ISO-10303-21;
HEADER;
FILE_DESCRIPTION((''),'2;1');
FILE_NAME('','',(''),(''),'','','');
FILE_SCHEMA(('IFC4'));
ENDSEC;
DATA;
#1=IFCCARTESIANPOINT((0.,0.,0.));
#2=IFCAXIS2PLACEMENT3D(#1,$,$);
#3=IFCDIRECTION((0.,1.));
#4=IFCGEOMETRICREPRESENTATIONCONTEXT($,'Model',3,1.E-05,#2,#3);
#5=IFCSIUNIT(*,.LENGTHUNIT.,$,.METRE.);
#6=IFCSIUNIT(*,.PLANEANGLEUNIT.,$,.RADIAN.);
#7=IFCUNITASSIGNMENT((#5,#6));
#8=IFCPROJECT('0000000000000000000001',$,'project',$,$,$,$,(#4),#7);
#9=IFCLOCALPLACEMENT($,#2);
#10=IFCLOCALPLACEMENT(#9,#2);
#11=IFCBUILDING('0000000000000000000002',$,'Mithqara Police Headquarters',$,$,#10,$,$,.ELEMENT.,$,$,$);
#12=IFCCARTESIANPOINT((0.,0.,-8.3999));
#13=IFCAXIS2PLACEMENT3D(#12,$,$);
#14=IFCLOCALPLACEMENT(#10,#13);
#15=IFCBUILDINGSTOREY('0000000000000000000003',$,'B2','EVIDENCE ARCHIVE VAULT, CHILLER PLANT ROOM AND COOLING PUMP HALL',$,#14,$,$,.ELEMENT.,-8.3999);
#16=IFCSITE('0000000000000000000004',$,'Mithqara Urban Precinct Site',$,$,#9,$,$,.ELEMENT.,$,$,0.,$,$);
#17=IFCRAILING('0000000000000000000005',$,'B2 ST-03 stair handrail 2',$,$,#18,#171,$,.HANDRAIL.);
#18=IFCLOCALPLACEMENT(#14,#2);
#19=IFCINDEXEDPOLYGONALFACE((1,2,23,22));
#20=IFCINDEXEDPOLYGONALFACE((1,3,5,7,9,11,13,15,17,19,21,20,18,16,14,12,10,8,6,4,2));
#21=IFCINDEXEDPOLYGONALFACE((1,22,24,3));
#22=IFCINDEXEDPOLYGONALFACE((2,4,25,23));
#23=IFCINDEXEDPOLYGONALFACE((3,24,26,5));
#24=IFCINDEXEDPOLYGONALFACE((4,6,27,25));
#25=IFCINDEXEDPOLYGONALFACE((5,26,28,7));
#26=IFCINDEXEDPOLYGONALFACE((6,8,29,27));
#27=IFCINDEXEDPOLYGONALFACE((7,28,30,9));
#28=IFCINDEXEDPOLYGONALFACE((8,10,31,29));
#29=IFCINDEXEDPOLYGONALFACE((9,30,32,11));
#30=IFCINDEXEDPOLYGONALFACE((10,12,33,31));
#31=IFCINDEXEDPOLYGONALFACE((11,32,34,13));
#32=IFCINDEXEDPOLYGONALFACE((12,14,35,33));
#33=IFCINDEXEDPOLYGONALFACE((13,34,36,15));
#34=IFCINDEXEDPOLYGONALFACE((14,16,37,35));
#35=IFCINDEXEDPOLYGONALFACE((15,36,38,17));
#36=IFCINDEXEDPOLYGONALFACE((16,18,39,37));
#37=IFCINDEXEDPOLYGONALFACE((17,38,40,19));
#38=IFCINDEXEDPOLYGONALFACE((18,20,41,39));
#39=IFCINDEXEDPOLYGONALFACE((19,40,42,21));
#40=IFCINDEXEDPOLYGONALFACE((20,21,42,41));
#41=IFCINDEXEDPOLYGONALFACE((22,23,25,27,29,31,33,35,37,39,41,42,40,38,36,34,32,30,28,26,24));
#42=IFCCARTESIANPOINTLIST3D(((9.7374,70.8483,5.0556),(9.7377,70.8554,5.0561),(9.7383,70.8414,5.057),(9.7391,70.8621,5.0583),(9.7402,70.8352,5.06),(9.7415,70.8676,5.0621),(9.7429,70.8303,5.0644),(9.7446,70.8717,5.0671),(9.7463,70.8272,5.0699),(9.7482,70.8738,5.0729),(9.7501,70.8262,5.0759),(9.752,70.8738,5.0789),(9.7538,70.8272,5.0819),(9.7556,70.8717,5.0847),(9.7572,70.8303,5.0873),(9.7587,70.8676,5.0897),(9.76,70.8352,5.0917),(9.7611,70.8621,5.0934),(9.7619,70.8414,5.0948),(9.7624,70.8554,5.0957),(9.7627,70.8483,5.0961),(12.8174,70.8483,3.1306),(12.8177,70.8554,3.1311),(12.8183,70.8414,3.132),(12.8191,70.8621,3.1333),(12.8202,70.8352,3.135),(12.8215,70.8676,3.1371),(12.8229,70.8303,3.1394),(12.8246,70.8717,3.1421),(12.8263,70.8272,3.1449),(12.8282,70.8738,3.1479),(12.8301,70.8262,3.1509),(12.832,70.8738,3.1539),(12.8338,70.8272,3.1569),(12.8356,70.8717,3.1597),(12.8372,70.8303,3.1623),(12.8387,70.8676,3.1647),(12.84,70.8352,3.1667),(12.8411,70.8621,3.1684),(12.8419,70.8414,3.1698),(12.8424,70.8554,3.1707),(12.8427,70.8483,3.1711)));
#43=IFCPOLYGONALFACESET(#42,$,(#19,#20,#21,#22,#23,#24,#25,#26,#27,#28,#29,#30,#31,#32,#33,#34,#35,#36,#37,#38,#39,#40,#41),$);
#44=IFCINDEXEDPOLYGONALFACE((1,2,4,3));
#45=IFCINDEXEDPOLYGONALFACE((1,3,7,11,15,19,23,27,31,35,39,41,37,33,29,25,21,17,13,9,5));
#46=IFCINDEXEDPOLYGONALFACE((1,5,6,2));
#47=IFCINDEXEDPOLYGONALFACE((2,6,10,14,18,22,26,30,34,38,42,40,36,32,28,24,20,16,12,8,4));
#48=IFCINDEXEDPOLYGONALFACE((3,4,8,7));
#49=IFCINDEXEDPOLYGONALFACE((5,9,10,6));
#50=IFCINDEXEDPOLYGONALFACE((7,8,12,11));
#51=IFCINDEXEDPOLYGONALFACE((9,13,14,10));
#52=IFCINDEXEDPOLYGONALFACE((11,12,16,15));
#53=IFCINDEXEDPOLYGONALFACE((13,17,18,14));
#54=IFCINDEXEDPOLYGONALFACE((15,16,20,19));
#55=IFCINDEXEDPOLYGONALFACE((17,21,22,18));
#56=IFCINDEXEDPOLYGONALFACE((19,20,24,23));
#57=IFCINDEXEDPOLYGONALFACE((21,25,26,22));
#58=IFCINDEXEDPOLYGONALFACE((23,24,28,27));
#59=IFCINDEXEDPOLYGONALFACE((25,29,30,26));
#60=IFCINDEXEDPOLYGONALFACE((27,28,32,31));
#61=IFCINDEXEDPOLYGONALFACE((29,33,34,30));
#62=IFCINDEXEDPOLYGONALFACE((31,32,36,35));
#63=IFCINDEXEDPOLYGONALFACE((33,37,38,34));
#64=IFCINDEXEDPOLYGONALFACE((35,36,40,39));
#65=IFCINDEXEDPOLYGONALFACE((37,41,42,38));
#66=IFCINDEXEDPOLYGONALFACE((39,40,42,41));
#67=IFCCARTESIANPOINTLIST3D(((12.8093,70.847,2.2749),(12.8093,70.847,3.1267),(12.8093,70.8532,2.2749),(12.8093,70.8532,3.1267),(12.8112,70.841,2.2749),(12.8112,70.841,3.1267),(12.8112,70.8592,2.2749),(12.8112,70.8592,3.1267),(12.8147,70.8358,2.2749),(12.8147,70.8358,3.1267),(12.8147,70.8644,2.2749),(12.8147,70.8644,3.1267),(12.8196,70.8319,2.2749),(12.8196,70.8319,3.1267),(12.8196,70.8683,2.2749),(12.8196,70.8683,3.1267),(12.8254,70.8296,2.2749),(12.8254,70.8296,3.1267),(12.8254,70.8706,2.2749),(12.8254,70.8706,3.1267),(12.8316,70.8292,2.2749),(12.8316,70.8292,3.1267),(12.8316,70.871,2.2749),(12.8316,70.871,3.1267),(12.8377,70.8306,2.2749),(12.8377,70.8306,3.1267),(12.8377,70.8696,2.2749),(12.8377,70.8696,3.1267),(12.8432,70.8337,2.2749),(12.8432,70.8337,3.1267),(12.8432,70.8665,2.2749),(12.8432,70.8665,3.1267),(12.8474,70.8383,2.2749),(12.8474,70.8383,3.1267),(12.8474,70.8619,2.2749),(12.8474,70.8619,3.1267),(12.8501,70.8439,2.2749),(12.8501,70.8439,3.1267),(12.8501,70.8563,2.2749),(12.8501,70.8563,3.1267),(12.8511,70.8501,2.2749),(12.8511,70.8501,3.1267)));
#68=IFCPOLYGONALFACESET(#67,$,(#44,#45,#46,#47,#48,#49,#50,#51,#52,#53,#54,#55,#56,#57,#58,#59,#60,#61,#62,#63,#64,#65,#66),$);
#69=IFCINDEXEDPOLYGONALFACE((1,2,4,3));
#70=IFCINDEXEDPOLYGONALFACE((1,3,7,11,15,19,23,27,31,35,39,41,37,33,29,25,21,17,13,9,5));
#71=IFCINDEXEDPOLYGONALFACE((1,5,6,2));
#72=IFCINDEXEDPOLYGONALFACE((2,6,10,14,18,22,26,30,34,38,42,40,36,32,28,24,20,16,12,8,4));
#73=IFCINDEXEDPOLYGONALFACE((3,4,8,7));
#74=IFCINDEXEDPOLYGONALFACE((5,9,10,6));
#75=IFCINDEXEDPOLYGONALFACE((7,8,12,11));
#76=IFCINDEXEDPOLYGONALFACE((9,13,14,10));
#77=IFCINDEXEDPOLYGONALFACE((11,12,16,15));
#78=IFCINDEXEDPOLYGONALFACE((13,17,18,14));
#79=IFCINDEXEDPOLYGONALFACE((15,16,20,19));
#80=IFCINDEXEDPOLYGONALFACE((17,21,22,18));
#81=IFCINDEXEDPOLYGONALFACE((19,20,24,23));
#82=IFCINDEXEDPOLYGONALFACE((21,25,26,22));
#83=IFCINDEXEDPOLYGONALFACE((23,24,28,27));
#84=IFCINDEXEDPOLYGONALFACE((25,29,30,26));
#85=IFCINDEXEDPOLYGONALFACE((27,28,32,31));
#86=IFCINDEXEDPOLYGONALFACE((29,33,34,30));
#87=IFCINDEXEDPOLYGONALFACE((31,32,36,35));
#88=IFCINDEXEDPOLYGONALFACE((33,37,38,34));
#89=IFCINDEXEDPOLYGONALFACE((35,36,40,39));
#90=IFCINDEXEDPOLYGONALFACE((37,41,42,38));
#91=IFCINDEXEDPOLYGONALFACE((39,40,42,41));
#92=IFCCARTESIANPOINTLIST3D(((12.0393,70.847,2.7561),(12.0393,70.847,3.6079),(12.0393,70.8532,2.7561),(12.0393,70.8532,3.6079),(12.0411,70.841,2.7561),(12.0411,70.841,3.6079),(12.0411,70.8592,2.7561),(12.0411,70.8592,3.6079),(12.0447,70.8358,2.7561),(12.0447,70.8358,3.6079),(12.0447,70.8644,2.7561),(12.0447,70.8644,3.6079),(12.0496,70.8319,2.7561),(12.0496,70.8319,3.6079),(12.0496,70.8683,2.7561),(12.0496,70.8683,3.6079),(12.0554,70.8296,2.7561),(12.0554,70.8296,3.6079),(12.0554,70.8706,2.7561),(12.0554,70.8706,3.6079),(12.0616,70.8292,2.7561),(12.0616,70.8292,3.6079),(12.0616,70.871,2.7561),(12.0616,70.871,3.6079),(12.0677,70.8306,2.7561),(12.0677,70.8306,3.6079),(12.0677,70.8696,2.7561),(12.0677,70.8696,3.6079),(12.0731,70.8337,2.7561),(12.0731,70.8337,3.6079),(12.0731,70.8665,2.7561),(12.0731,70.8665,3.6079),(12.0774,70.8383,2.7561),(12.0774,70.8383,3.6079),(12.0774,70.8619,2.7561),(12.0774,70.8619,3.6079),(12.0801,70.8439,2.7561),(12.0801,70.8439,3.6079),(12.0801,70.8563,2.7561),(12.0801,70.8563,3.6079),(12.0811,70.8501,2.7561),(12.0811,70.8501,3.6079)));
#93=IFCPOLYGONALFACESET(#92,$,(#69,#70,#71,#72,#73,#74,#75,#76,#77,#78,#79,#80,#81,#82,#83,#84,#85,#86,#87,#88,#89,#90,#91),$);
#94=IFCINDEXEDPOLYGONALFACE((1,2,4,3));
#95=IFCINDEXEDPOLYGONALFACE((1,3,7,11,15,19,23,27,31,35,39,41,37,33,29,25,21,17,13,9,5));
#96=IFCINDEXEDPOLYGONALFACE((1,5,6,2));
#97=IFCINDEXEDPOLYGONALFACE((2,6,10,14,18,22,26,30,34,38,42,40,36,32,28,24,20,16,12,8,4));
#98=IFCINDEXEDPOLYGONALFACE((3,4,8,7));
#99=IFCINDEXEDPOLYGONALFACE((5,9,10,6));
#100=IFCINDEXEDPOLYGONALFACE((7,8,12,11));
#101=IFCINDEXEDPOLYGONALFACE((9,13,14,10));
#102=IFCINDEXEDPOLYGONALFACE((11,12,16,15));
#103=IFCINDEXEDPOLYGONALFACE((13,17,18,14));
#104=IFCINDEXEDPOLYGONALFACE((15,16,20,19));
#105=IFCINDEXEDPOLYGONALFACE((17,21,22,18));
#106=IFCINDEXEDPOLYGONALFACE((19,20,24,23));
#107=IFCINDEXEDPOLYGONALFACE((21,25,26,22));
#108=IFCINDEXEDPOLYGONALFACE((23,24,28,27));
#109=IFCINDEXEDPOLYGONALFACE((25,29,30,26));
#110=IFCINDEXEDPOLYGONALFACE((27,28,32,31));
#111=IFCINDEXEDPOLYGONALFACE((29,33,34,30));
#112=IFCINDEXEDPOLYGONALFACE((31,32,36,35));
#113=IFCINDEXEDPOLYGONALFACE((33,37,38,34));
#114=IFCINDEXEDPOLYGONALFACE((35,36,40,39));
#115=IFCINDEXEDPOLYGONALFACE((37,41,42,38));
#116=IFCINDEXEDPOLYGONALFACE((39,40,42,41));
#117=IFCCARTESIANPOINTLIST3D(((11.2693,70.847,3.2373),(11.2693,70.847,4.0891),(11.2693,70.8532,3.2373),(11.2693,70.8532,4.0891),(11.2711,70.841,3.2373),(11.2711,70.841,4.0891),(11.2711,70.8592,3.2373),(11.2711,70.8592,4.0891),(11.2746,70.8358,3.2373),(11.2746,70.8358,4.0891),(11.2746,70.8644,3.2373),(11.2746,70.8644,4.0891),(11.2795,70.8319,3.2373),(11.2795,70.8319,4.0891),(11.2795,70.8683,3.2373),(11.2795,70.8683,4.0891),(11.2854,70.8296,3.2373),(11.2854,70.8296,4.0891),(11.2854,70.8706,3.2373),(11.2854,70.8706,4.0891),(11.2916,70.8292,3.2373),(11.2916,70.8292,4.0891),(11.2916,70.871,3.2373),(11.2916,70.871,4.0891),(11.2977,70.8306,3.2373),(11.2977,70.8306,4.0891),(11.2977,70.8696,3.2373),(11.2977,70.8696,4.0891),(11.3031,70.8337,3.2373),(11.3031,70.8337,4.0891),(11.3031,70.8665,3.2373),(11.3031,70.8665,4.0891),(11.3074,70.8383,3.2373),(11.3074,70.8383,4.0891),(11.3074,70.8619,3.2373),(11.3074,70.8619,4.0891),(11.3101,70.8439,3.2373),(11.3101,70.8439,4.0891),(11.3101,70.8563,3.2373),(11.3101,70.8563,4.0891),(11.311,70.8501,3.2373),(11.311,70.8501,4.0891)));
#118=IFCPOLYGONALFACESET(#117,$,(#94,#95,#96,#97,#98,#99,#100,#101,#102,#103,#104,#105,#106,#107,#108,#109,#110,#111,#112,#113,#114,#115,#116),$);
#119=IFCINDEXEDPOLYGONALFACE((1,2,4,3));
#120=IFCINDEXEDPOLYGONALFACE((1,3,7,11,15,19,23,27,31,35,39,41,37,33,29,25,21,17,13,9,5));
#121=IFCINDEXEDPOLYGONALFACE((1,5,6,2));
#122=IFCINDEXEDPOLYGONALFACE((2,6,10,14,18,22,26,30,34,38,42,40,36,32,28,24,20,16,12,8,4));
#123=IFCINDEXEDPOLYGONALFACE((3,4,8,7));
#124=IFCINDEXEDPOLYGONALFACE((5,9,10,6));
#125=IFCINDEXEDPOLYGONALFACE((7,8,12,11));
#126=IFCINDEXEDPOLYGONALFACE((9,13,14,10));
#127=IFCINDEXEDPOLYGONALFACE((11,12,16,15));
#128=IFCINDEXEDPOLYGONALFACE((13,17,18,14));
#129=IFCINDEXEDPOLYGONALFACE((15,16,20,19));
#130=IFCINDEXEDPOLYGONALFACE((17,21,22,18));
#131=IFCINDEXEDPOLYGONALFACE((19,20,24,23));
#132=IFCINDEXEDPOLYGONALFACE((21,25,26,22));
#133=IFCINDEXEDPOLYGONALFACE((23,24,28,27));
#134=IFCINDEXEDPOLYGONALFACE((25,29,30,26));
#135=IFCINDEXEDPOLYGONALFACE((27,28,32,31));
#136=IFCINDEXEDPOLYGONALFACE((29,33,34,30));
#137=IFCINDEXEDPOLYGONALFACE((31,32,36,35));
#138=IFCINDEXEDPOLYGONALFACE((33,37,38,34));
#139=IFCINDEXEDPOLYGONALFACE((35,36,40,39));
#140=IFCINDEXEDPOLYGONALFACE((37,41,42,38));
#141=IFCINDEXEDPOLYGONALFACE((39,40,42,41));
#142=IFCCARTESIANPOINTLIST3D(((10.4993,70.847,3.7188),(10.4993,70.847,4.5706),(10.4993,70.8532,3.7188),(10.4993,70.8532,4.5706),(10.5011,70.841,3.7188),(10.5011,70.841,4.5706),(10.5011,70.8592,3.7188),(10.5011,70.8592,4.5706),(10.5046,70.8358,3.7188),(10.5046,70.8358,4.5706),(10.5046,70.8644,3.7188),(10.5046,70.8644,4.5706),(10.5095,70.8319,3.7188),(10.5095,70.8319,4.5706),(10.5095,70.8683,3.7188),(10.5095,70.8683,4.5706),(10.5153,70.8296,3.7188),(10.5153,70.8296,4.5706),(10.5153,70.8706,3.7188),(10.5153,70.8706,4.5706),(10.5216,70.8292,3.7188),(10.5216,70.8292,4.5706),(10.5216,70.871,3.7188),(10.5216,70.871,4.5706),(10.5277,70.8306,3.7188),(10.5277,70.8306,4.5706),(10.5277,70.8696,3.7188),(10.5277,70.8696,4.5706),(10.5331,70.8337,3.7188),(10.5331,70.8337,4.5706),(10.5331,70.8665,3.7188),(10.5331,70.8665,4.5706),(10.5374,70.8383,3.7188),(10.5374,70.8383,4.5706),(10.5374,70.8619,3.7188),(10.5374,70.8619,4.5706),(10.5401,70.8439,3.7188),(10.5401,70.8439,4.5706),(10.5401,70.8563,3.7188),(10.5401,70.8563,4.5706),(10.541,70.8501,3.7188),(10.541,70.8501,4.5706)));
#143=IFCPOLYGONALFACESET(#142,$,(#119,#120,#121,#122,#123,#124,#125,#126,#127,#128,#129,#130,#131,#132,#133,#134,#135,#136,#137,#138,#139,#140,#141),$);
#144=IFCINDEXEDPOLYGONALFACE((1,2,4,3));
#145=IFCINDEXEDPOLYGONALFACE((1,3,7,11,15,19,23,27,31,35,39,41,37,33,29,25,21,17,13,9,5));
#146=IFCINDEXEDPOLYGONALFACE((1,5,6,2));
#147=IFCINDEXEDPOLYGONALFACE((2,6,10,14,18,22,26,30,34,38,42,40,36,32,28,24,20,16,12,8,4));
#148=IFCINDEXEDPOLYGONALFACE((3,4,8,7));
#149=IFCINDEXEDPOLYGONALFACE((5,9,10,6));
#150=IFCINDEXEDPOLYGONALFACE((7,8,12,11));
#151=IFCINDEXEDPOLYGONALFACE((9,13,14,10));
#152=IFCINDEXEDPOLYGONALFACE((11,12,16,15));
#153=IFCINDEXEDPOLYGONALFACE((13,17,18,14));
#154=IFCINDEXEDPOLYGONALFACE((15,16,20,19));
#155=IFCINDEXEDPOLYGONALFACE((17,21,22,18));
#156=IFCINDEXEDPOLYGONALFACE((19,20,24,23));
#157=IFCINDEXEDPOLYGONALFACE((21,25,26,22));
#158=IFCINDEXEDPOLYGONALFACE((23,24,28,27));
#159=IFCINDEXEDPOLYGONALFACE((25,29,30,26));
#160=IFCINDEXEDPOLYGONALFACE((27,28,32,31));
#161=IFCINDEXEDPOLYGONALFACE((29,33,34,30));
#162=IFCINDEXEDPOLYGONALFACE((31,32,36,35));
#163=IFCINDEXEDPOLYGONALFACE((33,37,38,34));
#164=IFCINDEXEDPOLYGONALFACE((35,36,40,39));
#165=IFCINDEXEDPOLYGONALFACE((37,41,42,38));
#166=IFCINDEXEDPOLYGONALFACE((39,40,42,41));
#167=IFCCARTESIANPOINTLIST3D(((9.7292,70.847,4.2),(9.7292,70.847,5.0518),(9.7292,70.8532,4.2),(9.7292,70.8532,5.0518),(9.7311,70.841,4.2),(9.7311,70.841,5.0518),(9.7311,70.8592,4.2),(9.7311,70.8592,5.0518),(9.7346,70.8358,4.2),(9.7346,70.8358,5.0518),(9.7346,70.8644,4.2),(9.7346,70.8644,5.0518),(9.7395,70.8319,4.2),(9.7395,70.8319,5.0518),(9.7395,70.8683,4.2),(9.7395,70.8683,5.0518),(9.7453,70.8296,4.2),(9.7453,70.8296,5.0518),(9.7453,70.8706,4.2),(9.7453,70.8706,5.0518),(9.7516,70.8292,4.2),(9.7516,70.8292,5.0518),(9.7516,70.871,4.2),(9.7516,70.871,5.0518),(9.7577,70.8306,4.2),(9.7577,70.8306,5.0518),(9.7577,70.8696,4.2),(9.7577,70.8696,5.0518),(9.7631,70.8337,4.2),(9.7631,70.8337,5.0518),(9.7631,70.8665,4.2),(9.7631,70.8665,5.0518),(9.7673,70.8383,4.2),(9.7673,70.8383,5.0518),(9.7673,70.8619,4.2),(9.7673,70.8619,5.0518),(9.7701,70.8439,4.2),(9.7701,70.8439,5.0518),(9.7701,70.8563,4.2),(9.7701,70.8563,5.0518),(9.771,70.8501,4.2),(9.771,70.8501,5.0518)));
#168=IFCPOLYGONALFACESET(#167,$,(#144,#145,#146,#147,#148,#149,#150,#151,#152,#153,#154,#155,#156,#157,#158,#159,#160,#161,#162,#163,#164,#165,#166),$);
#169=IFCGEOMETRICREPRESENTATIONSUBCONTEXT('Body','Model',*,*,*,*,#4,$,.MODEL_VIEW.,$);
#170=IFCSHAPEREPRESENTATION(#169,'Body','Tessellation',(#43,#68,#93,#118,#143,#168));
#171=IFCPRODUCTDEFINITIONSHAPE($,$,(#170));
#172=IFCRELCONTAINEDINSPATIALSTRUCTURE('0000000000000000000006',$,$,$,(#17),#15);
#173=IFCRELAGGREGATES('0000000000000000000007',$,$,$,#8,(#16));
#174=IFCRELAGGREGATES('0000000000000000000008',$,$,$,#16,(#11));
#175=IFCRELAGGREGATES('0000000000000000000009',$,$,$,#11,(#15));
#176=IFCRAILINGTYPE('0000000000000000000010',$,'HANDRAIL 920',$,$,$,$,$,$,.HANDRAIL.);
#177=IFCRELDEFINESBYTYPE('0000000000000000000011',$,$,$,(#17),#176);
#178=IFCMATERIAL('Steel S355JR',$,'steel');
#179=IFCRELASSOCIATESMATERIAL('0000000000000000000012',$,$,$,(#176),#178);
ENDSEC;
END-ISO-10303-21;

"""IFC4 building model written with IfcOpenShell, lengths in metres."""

from ifc_helpers import new_model, si_unit, direction, frame, origin, origin_2d, place, context, subcontext, project, spatial, circle, extrude, material, type_object, element, save


model = new_model("IFC4")

# Units and contexts
model_context = context("Model", 3, precision=1e-05, world=origin(), true_north=direction((0.0, 1.0)))
body_context = subcontext(model_context, "Body", "Model", "MODEL_VIEW")
ifc_project = project(units=[si_unit("LENGTHUNIT", "METRE"), si_unit("PLANEANGLEUNIT", "RADIAN")], contexts=[model_context])

# Site, building, storey
site_placement = place(None, origin())
site = spatial("IfcSite", under=ifc_project, at=site_placement, Name="Mithqara Urban Precinct Site", CompositionType="ELEMENT", RefElevation=0.0)
building_placement = place(site_placement, origin())
building = spatial("IfcBuilding", under=site, at=building_placement, Name="Mithqara Police Headquarters", CompositionType="ELEMENT")
storey_placement = place(building_placement, frame((0.0, 0.0, -8.3999)))
storey = spatial("IfcBuildingStorey", under=building, at=storey_placement, Name="B2", Description="EVIDENCE ARCHIVE VAULT, CHILLER PLANT ROOM AND COOLING PUMP HALL", CompositionType="ELEMENT", Elevation=-8.3999)

# Shared definitions
ifc_material_1 = material(Name="Steel S355JR", Category="steel")

# Railing
railing_type_1 = type_object("IfcRailingType", Name="HANDRAIL 920", PredefinedType="HANDRAIL", material=ifc_material_1)
railing_1_placement = place(storey_placement, frame((12.8301, 70.8501, 2.2749)))
element("IfcRailing", 1, at=railing_1_placement, inside=storey, type_object=railing_type_1, Name="B2 ST-03 stair handrail 2", PredefinedType="HANDRAIL", context=body_context, shape_type="SweptSolid", body=[
    extrude(circle(Radius=0.0239, at=origin_2d()), frame((0.0, 0.0, 0.876), z_axis=(-0.847998, 0.0, 0.529999), x_axis=(0.0, -1.0, 0.0)), (0.0, 0.0, 1.0), 3.6321),
    extrude(circle(Radius=0.021, at=origin_2d()), origin(), (0.0, 0.0, 1.0), 0.8518),
    extrude(circle(Radius=0.021, at=origin_2d()), frame((-0.77, 0.0, 0.4812)), (0.0, 0.0, 1.0), 0.8518),
    extrude(circle(Radius=0.021, at=origin_2d()), frame((-1.54, 0.0, 0.9624)), (0.0, 0.0, 1.0), 0.8518),
    extrude(circle(Radius=0.021, at=origin_2d()), frame((-2.3101, 0.0, 1.4438)), (0.0, 0.0, 1.0), 0.8518),
    extrude(circle(Radius=0.021, at=origin_2d()), frame((-3.0801, 0.0, 1.925)), (0.0, 0.0, 1.0), 0.8518),
])

save(model, "model.ifc")
